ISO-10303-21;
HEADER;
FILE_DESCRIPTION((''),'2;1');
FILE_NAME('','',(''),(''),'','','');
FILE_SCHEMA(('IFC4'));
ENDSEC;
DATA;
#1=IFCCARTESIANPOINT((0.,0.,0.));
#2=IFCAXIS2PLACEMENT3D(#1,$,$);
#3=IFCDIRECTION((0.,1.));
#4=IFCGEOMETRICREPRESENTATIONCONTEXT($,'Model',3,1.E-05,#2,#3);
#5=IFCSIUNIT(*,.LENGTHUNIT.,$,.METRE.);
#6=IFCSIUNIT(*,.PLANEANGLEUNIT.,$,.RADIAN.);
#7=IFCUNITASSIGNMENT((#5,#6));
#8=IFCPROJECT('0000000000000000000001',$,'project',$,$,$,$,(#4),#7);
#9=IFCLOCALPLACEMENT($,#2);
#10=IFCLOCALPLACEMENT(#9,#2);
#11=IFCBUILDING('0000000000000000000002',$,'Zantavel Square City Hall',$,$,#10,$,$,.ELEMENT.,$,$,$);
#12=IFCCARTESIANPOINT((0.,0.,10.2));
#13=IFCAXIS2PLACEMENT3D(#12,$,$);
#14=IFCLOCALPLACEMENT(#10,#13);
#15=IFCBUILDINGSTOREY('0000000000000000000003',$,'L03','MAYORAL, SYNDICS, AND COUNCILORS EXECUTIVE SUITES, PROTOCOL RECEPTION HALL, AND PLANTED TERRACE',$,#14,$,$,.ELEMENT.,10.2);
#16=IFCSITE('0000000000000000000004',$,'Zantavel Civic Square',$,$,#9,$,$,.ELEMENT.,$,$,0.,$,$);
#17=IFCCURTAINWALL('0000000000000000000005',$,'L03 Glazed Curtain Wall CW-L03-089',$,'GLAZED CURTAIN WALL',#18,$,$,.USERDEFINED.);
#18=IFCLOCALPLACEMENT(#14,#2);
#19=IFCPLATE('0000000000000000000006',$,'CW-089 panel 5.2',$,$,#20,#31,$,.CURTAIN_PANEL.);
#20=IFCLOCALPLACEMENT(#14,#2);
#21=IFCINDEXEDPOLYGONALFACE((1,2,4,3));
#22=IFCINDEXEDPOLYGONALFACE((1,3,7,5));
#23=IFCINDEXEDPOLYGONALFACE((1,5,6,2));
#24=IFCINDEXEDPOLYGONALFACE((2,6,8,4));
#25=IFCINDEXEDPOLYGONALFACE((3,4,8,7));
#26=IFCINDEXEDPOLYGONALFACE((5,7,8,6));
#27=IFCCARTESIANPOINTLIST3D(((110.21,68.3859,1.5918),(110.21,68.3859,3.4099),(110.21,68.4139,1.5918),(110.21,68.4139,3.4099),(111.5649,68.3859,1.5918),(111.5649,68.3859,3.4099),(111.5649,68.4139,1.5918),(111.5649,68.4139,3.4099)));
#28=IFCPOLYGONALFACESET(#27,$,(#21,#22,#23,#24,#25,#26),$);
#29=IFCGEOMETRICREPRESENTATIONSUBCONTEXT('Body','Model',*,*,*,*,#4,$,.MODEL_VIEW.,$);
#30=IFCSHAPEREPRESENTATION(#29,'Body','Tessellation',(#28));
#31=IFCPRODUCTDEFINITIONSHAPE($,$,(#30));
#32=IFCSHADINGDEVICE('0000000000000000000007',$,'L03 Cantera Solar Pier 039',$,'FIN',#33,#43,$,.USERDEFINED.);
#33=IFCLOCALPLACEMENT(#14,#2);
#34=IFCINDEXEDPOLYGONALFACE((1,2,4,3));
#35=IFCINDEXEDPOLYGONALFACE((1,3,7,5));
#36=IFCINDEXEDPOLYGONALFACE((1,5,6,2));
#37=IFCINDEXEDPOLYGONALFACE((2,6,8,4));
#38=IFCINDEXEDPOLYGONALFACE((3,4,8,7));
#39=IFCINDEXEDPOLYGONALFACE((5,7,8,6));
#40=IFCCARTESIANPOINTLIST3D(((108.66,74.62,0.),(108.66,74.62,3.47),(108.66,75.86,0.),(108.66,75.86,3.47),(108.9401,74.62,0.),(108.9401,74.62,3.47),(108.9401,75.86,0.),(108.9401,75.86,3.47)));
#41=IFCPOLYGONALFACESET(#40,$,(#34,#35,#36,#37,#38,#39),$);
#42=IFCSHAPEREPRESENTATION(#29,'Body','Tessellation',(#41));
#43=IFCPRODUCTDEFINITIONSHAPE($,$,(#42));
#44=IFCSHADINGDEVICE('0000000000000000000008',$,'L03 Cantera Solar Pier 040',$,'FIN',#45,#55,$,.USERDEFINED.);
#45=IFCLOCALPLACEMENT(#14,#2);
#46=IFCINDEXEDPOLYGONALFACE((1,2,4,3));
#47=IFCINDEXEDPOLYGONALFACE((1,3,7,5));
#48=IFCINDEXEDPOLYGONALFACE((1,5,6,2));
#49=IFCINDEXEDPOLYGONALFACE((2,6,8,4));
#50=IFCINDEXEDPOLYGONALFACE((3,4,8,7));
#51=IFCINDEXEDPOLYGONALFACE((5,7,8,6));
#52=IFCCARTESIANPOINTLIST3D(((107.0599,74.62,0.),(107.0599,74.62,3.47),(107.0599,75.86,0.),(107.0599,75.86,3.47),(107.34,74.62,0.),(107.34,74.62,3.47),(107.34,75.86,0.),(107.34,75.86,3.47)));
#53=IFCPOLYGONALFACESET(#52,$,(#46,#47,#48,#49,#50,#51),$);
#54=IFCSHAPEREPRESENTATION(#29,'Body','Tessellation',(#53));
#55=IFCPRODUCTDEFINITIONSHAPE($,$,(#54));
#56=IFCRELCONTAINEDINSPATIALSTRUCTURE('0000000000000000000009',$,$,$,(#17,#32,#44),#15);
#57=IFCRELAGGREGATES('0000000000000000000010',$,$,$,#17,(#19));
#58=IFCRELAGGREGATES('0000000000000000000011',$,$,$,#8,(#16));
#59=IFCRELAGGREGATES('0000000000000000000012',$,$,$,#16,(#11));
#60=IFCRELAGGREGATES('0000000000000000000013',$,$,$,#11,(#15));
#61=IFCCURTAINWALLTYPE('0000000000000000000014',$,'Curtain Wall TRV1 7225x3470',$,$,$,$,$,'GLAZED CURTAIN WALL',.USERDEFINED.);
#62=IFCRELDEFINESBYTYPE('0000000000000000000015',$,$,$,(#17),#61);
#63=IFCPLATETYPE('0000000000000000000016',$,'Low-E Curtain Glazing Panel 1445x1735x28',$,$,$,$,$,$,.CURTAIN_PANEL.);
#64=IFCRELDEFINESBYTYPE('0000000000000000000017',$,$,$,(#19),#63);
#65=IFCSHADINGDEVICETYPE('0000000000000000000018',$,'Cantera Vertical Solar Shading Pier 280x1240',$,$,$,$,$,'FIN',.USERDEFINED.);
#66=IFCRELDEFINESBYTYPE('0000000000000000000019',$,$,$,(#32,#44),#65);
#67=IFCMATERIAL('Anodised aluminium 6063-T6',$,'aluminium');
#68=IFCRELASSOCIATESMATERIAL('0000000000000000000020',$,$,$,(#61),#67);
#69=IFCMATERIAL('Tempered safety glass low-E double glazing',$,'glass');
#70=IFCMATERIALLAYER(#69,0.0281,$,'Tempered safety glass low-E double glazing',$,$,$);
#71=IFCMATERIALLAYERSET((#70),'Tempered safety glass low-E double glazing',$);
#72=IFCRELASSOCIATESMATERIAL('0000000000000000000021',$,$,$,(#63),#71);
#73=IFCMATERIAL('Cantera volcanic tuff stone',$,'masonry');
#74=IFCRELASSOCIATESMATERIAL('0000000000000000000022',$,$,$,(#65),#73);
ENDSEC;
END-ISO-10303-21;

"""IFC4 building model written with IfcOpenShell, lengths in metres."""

from ifc_helpers import new_model, si_unit, direction, frame, origin, origin_2d, place, context, subcontext, project, spatial, rectangle, extrude, material, layer, layer_set, type_object, element, aggregate, save


model = new_model("IFC4")

# Units and contexts
model_context = context("Model", 3, precision=1e-05, world=origin(), true_north=direction((0.0, 1.0)))
body_context = subcontext(model_context, "Body", "Model", "MODEL_VIEW")
ifc_project = project(units=[si_unit("LENGTHUNIT", "METRE"), si_unit("PLANEANGLEUNIT", "RADIAN")], contexts=[model_context])

# Site, building, storey
site_placement = place(None, origin())
site = spatial("IfcSite", under=ifc_project, at=site_placement, Name="Zantavel Civic Square", CompositionType="ELEMENT", RefElevation=0.0)
building_placement = place(site_placement, origin())
building = spatial("IfcBuilding", under=site, at=building_placement, Name="Zantavel Square City Hall", CompositionType="ELEMENT")
storey_placement = place(building_placement, frame((0.0, 0.0, 10.2)))
storey = spatial("IfcBuildingStorey", under=building, at=storey_placement, Name="L03", Description="MAYORAL, SYNDICS, AND COUNCILORS EXECUTIVE SUITES, PROTOCOL RECEPTION HALL, AND PLANTED TERRACE", CompositionType="ELEMENT", Elevation=10.2)

# Curtain wall
ifc_material_1 = material(Name="Anodised aluminium 6063-T6", Category="aluminium")
curtain_wall_type = type_object("IfcCurtainWallType", Name="Curtain Wall TRV1 7225x3470", ElementType="GLAZED CURTAIN WALL", PredefinedType="USERDEFINED", material=ifc_material_1)
curtain_wall_placement = place(storey_placement, origin())
curtain_wall = element("IfcCurtainWall", 1, at=curtain_wall_placement, inside=storey, type_object=curtain_wall_type, Name="L03 Glazed Curtain Wall CW-L03-089", ObjectType="GLAZED CURTAIN WALL", PredefinedType="USERDEFINED")

# Plate
ifc_material_2 = material(Name="Tempered safety glass low-E double glazing", Category="glass")
ifc_layer = layer(ifc_material_2, 0.0281, Name="Tempered safety glass low-E double glazing")
ifc_layer_set = layer_set([ifc_layer], Name="Tempered safety glass low-E double glazing")
plate_type = type_object("IfcPlateType", Name="Low-E Curtain Glazing Panel 1445x1735x28", PredefinedType="CURTAIN_PANEL", material=ifc_layer_set)
plate_1_placement = place(storey_placement, frame((110.8875, 68.3999, 1.5918), z_axis=(0.0, 0.0, 1.0), x_axis=(1.0, 0.0, 0.0)))
plate_1 = element("IfcPlate", 2, at=plate_1_placement, type_object=plate_type, Name="CW-089 panel 5.2", PredefinedType="CURTAIN_PANEL", context=body_context, shape_type="SweptSolid", body=[
    extrude(rectangle(XDim=1.355, YDim=0.0281, at=origin_2d()), origin(), (0.0, 0.0, 1.0), 1.8181),
])
aggregate(curtain_wall, [plate_1])

# Shading devices
ifc_material_3 = material(Name="Cantera volcanic tuff stone", Category="masonry")
shading_device_type = type_object("IfcShadingDeviceType", Name="Cantera Vertical Solar Shading Pier 280x1240", ElementType="FIN", PredefinedType="USERDEFINED", material=ifc_material_3)
for number, where, z_axis, x_axis, name in (
    (3, (108.8, 75.24, 0.0), (0.0, 0.0, 1.0), (1.0, 0.0, 0.0), "L03 Cantera Solar Pier 039"),
    (4, (107.2, 75.24, 0.0), (0.0, 0.0, 1.0), (1.0, 0.0, 0.0), "L03 Cantera Solar Pier 040"),
):
    element("IfcShadingDevice", number, at=place(storey_placement, frame(where, z_axis=z_axis, x_axis=x_axis)), inside=storey, type_object=shading_device_type, Name=name, ObjectType="FIN", PredefinedType="USERDEFINED", context=body_context, shape_type="SweptSolid", body=[
        extrude(rectangle(XDim=0.28, YDim=1.24, at=origin_2d()), origin(), (0.0, 0.0, 1.0), 3.47),
    ])

save(model, "model.ifc")
